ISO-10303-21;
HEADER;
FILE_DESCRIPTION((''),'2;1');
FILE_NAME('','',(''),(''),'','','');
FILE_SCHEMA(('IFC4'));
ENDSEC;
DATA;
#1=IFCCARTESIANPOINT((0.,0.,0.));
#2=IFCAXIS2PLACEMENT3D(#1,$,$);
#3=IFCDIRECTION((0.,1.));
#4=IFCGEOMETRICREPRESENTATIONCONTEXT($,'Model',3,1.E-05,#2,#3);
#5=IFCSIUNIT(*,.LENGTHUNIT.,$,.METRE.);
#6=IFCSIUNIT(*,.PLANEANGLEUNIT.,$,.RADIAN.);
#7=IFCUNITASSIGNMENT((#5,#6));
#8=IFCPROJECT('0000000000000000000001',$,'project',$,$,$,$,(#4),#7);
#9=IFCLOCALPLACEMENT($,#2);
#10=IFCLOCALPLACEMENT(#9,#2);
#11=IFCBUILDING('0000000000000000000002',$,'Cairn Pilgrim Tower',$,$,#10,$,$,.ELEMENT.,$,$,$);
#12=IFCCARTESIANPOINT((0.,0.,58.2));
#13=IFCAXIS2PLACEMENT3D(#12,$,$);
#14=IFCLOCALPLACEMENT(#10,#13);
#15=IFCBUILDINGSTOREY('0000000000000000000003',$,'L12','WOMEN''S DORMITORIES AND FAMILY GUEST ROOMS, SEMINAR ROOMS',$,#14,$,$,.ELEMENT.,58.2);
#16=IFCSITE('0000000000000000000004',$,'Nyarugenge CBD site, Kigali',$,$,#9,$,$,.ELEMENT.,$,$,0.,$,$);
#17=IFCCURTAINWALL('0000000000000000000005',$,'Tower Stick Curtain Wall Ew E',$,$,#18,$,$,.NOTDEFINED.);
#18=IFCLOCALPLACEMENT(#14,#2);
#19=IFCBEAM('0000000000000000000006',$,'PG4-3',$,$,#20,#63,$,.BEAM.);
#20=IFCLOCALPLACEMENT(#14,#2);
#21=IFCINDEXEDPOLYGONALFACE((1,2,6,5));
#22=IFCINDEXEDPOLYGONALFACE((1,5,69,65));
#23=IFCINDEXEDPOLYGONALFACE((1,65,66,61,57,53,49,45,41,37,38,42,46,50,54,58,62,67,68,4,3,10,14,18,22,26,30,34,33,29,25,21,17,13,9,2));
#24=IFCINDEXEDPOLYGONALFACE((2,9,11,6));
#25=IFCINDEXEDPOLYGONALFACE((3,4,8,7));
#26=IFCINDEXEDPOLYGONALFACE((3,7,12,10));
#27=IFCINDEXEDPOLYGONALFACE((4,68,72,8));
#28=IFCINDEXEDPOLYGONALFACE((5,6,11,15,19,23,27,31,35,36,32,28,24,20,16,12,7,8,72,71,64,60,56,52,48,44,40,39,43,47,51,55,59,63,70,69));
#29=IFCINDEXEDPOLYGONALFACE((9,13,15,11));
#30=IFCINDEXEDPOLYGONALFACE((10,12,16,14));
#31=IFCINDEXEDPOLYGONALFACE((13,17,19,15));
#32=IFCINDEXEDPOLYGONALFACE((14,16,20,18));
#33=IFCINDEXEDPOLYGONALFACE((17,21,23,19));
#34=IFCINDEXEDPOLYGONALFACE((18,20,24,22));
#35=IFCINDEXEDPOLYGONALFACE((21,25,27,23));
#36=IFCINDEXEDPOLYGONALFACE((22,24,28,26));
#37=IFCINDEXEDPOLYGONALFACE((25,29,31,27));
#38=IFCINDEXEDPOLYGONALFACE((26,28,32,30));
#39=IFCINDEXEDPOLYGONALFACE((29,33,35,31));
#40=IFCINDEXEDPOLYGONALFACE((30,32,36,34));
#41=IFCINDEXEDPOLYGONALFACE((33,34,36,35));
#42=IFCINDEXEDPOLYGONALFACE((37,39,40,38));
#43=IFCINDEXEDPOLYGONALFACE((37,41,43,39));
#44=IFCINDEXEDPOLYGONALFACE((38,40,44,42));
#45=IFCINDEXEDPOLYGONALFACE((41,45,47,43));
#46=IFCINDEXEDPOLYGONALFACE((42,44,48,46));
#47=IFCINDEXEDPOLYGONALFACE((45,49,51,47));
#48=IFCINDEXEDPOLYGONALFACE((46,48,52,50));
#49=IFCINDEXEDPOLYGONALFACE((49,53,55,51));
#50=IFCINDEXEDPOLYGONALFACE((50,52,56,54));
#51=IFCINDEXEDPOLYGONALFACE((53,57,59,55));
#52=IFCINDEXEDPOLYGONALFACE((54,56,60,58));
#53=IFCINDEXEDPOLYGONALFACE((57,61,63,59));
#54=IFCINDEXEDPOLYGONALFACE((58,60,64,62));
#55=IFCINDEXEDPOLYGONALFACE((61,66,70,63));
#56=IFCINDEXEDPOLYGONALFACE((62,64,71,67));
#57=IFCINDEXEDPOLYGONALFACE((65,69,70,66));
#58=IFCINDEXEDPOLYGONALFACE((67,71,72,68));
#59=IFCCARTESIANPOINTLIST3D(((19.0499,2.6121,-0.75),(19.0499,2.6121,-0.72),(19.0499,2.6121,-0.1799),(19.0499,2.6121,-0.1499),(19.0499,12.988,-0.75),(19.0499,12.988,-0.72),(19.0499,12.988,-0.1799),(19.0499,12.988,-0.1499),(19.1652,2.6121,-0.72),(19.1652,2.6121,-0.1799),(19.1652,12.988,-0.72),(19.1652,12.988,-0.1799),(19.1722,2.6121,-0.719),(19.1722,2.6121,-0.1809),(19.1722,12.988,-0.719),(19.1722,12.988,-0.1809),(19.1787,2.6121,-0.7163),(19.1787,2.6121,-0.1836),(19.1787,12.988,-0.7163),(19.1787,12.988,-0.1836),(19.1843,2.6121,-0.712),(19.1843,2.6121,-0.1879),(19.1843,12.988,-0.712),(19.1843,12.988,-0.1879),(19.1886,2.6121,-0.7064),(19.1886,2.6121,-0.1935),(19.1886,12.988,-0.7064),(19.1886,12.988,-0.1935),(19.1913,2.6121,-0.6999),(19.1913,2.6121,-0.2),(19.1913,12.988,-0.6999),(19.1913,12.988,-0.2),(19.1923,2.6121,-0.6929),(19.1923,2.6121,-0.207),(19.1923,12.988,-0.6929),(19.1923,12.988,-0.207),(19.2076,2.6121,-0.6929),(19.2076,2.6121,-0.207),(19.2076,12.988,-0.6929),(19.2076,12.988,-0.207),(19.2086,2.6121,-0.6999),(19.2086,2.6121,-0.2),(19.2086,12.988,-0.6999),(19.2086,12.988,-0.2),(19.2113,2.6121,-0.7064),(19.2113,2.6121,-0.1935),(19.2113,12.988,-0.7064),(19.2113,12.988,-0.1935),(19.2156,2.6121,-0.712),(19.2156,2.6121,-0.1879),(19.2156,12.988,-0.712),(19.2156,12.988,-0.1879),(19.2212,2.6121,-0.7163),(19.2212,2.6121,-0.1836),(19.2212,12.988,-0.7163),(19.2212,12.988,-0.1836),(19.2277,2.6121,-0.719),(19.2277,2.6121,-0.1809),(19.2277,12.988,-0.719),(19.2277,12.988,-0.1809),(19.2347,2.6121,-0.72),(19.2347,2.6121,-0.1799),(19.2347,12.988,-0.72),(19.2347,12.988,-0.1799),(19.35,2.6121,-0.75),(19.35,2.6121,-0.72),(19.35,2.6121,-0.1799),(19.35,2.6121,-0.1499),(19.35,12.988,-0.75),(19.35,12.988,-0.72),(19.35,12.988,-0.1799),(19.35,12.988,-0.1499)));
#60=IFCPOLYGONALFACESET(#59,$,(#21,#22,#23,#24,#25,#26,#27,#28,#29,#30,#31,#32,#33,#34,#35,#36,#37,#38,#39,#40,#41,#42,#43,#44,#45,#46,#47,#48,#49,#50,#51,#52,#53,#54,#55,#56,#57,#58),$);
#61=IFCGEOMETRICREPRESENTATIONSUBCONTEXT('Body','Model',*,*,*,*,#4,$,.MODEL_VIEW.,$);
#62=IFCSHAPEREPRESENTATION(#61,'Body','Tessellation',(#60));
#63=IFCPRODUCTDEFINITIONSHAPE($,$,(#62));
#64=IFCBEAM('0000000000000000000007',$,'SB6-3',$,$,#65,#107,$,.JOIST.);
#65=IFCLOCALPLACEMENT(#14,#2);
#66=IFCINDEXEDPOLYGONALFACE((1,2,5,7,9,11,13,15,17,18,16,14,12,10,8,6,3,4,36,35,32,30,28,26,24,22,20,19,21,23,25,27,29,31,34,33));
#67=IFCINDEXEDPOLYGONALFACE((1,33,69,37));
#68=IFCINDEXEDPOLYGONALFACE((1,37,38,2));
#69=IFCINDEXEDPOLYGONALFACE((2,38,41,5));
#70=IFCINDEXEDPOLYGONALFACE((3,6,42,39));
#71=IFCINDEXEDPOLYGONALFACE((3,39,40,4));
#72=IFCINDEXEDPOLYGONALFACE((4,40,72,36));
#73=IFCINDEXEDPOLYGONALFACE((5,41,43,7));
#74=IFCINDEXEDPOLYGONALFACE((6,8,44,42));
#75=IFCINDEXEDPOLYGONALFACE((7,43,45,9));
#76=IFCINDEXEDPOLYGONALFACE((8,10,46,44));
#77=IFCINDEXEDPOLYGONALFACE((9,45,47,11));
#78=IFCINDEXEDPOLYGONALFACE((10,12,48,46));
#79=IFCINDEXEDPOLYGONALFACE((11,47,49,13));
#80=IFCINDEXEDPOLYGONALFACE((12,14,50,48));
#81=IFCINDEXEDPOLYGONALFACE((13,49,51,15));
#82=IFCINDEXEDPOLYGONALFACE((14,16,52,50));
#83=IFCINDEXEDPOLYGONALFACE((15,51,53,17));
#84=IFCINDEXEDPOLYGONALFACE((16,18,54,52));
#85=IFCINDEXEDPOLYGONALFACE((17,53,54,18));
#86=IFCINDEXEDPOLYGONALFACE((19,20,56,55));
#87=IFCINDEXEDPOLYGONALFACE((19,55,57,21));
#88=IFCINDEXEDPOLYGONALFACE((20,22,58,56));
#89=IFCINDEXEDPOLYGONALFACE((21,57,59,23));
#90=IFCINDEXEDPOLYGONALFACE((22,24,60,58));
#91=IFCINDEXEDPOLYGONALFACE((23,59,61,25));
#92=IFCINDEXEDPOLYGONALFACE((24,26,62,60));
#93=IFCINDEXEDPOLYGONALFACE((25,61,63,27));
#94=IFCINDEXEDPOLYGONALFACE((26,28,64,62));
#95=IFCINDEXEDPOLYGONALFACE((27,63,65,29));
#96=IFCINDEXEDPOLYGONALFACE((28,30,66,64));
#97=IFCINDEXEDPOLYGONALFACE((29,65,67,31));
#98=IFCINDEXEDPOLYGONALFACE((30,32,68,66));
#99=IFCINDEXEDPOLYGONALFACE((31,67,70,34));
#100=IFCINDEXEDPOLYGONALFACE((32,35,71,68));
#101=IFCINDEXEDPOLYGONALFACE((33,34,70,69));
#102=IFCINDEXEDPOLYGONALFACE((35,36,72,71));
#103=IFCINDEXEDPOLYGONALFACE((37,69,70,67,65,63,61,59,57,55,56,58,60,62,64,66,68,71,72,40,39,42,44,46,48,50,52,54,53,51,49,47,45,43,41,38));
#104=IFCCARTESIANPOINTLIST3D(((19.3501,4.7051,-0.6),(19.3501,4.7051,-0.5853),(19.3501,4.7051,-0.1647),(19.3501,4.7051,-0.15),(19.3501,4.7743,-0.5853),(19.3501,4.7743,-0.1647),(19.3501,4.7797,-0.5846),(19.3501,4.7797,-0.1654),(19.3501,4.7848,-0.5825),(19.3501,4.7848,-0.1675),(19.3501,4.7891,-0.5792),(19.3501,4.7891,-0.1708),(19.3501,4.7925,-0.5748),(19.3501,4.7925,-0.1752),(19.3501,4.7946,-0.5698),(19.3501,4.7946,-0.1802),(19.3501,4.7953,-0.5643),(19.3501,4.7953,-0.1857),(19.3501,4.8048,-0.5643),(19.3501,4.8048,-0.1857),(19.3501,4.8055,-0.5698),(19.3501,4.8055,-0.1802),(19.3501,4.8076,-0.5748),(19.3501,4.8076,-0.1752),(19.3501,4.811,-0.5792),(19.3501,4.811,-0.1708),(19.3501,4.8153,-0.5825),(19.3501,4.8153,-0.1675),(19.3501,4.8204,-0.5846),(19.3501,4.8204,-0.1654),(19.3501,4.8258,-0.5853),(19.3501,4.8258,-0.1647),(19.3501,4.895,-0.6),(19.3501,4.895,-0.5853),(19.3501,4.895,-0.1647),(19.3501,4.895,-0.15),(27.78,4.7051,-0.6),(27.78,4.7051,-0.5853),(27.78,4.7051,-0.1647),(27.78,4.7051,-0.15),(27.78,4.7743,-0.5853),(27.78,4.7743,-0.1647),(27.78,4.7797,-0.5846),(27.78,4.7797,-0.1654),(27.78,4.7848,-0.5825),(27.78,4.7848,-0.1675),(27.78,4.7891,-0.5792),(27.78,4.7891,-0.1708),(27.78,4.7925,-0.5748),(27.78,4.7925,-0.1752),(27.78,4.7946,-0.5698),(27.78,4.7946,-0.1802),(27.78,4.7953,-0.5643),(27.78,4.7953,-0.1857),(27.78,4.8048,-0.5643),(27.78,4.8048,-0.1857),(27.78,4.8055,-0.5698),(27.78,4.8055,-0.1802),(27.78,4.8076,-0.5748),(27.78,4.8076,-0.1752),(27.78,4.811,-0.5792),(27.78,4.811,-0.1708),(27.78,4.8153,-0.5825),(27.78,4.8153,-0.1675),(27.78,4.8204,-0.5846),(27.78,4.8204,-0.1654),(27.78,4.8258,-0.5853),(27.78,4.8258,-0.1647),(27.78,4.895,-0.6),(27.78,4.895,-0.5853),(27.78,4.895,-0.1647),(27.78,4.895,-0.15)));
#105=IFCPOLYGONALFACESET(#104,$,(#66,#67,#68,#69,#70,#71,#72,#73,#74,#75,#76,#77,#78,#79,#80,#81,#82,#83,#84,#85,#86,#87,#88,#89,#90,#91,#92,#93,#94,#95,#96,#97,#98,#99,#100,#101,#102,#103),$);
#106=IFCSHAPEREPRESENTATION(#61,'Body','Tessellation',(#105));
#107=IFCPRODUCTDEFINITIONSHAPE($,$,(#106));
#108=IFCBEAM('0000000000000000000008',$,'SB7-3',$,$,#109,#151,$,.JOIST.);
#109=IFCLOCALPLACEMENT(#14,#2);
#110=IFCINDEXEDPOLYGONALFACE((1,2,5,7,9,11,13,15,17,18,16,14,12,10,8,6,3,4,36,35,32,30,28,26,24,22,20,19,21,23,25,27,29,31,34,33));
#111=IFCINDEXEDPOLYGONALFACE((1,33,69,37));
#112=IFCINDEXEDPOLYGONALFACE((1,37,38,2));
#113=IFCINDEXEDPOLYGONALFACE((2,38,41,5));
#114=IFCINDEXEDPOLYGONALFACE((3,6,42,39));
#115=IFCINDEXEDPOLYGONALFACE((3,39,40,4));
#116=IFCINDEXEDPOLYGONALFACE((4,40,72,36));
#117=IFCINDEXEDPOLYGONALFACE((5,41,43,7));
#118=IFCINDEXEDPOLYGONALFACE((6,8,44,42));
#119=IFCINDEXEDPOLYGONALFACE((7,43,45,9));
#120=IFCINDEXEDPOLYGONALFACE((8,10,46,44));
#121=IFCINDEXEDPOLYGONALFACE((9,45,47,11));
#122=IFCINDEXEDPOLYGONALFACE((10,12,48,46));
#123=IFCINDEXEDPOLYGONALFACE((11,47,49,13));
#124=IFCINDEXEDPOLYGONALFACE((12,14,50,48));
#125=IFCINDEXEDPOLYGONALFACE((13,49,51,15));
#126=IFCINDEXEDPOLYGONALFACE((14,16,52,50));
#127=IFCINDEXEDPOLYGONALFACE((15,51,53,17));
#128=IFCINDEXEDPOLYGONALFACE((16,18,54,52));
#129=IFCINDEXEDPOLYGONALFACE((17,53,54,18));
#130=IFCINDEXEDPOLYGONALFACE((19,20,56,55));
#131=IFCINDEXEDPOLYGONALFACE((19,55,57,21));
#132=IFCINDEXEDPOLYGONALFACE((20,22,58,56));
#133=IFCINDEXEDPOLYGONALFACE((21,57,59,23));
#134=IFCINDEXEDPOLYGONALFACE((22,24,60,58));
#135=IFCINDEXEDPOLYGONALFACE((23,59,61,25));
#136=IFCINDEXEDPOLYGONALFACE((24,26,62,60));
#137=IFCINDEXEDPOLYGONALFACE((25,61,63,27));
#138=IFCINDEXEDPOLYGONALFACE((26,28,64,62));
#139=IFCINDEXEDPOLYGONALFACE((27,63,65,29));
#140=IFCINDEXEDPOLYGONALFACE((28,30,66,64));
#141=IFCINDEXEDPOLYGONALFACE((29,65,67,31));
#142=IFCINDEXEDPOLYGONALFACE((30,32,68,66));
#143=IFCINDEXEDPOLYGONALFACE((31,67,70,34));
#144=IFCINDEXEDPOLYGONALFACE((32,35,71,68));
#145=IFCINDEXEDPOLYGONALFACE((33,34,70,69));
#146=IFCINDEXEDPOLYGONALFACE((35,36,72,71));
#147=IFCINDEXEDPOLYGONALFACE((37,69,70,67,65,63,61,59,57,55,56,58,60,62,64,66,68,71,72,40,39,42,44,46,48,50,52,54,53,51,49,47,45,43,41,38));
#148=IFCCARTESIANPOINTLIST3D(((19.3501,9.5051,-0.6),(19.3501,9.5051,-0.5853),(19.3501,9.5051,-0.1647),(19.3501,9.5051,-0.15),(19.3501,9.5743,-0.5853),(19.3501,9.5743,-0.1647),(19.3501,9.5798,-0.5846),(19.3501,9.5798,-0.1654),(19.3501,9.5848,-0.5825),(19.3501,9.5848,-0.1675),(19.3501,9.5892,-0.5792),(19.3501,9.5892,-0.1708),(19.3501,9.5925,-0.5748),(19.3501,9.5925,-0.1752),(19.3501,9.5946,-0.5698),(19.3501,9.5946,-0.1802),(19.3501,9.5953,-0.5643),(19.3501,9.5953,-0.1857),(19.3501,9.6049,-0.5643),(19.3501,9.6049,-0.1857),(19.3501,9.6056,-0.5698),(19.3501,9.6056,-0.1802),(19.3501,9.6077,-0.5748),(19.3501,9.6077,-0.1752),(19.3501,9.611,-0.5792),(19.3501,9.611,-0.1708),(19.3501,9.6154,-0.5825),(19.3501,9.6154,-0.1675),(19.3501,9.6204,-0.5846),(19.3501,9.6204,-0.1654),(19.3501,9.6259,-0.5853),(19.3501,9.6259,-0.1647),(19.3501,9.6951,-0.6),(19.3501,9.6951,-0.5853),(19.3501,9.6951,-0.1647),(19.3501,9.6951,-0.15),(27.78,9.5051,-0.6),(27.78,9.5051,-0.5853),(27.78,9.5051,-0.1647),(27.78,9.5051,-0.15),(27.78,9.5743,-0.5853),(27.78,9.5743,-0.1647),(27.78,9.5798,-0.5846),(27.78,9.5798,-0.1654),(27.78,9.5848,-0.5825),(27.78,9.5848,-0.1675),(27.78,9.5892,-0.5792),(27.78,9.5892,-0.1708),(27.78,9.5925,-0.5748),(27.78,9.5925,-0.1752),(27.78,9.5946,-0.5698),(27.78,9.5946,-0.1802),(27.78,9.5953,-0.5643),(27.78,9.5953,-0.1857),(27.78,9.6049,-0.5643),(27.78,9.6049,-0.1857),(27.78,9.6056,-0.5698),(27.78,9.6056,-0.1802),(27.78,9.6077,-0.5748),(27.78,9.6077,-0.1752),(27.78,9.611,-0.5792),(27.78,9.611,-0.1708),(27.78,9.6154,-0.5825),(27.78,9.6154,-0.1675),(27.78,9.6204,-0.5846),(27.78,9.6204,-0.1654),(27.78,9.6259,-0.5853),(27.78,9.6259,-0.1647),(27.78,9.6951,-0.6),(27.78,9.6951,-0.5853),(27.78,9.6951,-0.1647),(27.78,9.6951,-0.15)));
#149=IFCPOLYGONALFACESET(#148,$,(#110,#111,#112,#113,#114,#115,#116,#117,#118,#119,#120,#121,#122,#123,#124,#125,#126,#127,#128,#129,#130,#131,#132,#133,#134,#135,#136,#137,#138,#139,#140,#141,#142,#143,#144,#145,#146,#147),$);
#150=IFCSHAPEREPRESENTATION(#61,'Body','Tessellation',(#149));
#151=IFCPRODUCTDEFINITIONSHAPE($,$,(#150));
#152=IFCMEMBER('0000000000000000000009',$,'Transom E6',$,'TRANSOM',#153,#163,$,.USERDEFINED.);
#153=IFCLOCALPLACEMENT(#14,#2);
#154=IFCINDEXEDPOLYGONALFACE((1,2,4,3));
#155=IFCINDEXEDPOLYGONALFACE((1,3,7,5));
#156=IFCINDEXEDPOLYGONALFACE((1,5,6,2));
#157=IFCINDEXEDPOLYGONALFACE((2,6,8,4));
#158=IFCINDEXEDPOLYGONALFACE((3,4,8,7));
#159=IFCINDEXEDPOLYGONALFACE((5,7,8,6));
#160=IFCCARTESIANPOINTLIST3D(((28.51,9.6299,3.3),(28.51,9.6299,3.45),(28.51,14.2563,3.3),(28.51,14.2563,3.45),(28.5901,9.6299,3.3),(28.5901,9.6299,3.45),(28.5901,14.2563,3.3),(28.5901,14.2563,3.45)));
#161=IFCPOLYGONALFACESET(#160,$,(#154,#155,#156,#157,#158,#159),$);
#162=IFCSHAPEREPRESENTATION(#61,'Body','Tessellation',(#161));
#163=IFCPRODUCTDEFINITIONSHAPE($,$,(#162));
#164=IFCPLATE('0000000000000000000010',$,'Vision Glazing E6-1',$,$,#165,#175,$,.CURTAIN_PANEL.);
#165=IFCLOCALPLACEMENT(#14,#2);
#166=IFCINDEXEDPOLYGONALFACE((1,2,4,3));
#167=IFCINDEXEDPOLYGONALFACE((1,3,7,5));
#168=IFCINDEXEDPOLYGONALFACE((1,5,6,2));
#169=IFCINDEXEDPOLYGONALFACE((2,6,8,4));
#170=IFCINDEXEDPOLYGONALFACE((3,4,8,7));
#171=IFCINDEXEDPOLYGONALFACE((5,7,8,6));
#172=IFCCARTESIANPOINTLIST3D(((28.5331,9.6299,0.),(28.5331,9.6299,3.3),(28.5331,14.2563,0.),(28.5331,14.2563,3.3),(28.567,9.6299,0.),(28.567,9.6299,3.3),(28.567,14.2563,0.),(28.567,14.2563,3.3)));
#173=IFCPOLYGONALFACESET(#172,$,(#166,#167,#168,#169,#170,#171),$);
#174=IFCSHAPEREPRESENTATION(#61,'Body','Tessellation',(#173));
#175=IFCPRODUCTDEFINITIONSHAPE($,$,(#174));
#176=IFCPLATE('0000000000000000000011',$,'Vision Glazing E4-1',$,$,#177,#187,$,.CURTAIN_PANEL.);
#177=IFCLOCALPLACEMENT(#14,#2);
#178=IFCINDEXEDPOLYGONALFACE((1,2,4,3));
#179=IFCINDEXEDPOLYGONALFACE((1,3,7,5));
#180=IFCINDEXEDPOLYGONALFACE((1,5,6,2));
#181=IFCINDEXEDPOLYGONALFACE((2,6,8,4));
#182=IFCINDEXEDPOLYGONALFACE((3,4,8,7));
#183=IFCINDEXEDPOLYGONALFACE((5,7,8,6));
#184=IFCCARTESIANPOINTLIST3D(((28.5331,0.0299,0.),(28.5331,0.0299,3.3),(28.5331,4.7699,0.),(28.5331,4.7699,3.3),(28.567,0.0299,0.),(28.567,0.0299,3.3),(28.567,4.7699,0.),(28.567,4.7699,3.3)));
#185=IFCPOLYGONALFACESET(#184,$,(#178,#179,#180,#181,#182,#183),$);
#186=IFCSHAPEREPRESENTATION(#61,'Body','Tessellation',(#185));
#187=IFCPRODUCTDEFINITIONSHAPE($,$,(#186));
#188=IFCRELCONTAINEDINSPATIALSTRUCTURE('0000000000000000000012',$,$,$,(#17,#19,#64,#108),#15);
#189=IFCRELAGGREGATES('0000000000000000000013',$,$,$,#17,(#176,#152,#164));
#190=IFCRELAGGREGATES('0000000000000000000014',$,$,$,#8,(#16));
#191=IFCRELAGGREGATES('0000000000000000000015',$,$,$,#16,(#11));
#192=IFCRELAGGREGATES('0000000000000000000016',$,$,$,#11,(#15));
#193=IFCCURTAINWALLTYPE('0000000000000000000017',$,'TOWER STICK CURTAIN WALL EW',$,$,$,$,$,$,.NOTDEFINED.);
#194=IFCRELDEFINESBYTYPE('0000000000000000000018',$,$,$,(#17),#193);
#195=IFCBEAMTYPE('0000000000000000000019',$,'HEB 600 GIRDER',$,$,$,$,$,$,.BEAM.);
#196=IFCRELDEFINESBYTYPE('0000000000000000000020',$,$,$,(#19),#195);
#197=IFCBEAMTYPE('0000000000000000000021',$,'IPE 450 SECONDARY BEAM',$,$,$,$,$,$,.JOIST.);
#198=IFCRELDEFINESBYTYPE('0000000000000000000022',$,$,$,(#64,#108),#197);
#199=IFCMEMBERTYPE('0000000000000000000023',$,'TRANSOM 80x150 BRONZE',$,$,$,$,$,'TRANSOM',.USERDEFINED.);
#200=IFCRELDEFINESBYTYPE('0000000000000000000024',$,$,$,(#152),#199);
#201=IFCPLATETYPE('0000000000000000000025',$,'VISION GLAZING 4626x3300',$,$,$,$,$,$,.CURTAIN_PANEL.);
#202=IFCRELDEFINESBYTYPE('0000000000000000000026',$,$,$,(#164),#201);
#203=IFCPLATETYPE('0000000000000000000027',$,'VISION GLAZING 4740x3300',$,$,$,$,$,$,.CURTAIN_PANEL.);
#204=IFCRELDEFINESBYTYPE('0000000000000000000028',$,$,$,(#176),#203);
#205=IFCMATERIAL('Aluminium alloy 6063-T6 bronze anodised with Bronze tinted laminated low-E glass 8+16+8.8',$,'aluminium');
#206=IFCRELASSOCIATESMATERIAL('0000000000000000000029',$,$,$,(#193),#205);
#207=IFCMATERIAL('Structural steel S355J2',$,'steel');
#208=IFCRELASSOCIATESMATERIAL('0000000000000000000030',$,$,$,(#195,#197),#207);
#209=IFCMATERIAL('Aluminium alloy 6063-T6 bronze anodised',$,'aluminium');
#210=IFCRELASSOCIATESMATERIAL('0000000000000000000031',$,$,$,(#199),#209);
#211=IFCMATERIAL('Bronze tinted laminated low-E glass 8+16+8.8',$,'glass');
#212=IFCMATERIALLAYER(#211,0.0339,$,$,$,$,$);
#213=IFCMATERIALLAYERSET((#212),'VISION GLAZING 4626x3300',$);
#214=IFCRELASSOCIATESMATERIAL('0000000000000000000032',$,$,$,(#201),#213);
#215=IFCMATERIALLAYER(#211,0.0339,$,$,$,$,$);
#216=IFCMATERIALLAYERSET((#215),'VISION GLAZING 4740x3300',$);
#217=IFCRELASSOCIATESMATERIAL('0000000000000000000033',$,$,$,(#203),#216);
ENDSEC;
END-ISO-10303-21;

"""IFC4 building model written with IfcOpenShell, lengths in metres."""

from ifc_helpers import new_model, si_unit, direction, frame, origin, origin_2d, place, context, subcontext, project, spatial, rectangle, i_section, extrude, material, layer, layer_set, material_profile, profile_set, type_object, element, aggregate, save


model = new_model("IFC4")

# Units and contexts
model_context = context("Model", 3, precision=1e-05, world=origin(), true_north=direction((0.0, 1.0)))
body_context = subcontext(model_context, "Body", "Model", "MODEL_VIEW")
ifc_project = project(units=[si_unit("LENGTHUNIT", "METRE"), si_unit("PLANEANGLEUNIT", "RADIAN")], contexts=[model_context])

# Site, building, storey
site_placement = place(None, origin())
site = spatial("IfcSite", under=ifc_project, at=site_placement, Name="Nyarugenge CBD site, Kigali", CompositionType="ELEMENT", RefElevation=0.0)
building_placement = place(site_placement, origin())
building = spatial("IfcBuilding", under=site, at=building_placement, Name="Cairn Pilgrim Tower", CompositionType="ELEMENT")
storey_placement = place(building_placement, frame((0.0, 0.0, 58.2)))
storey = spatial("IfcBuildingStorey", under=building, at=storey_placement, Name="L12", Description="WOMEN'S DORMITORIES AND FAMILY GUEST ROOMS, SEMINAR ROOMS", CompositionType="ELEMENT", Elevation=58.2)

# Curtain wall
ifc_material_1 = material(Name="Aluminium alloy 6063-T6 bronze anodised with Bronze tinted laminated low-E glass 8+16+8.8", Category="aluminium")
curtain_wall_type = type_object("IfcCurtainWallType", Name="TOWER STICK CURTAIN WALL EW", PredefinedType="NOTDEFINED", material=ifc_material_1)
curtain_wall_placement = place(storey_placement, origin())
curtain_wall = element("IfcCurtainWall", 1, at=curtain_wall_placement, inside=storey, type_object=curtain_wall_type, Name="Tower Stick Curtain Wall Ew E", PredefinedType="NOTDEFINED")
ifc_material_2 = material(Name="Aluminium alloy 6063-T6 bronze anodised", Category="aluminium")

# Beams
ifc_material_3 = material(Name="Structural steel S355J2", Category="steel")
ifc_material_profile_1 = material_profile(ifc_material_3, i_section(OverallWidth=0.3, OverallDepth=0.6001, WebThickness=0.0154, FlangeThickness=0.03, FilletRadius=0.0271, at=origin_2d()), Name="HEB 600")
ifc_profile_set_1 = profile_set([ifc_material_profile_1], Name="Structural steel S355J2")
beam_type_1 = type_object("IfcBeamType", Name="HEB 600 GIRDER", PredefinedType="BEAM", material=ifc_profile_set_1)
beam_1_placement = place(storey_placement, frame((19.2, 2.6121, -0.45), z_axis=(0.0, 1.0, 0.0), x_axis=(-1.0, 0.0, 0.0)))
element("IfcBeam", 2, at=beam_1_placement, inside=storey, type_object=beam_type_1, Name="PG4-3", PredefinedType="BEAM", context=body_context, shape_type="SweptSolid", body=[
    extrude(i_section(OverallWidth=0.3, OverallDepth=0.6001, WebThickness=0.0154, FlangeThickness=0.03, FilletRadius=0.0271, at=origin_2d()), origin(), (0.0, 0.0, 1.0), 10.376),
])
ifc_material_profile_2 = material_profile(ifc_material_3, i_section(OverallWidth=0.1899, OverallDepth=0.45, WebThickness=0.0095, FlangeThickness=0.0146, FilletRadius=0.021, at=origin_2d()), Name="IPE 450")
ifc_profile_set_2 = profile_set([ifc_material_profile_2], Name="Structural steel S355J2")
beam_type_2 = type_object("IfcBeamType", Name="IPE 450 SECONDARY BEAM", PredefinedType="JOIST", material=ifc_profile_set_2)
for number, where, z_axis, x_axis, name in (
    (3, (19.3501, 4.8, -0.375), (1.0, 0.0, 0.0), (0.0, 1.0, 0.0), "SB6-3"),
    (4, (19.3501, 9.6001, -0.375), (1.0, 0.0, 0.0), (0.0, 1.0, 0.0), "SB7-3"),
):
    element("IfcBeam", number, at=place(storey_placement, frame(where, z_axis=z_axis, x_axis=x_axis)), inside=storey, type_object=beam_type_2, Name=name, PredefinedType="JOIST", context=body_context, shape_type="SweptSolid", body=[
        extrude(i_section(OverallWidth=0.1899, OverallDepth=0.45, WebThickness=0.0095, FlangeThickness=0.0146, FilletRadius=0.021, at=origin_2d()), origin(), (0.0, 0.0, 1.0), 8.4299),
    ])

# Member
ifc_material_profile_3 = material_profile(ifc_material_2, rectangle(XDim=0.0801, YDim=0.1499, at=origin_2d()), Name="TRANSOM 80x150 BRONZE")
ifc_profile_set_3 = profile_set([ifc_material_profile_3], Name="Aluminium alloy 6063-T6 bronze anodised")
member_type_1 = type_object("IfcMemberType", Name="TRANSOM 80x150 BRONZE", ElementType="TRANSOM", PredefinedType="USERDEFINED", material=ifc_profile_set_3)
member_1_placement = place(storey_placement, frame((28.55, 9.6299, 3.375), z_axis=(0.0, 1.0, 0.0), x_axis=(-1.0, 0.0, 0.0)))
member_1 = element("IfcMember", 5, at=member_1_placement, type_object=member_type_1, Name="Transom E6", ObjectType="TRANSOM", PredefinedType="USERDEFINED", context=body_context, shape_type="SweptSolid", body=[
    extrude(rectangle(XDim=0.0801, YDim=0.1499, at=origin_2d()), origin(), (0.0, 0.0, 1.0), 4.6265),
])

# Plates
ifc_material_4 = material(Name="Bronze tinted laminated low-E glass 8+16+8.8", Category="glass")
ifc_layer_1 = layer(ifc_material_4, 0.0339)
ifc_layer_set_1 = layer_set([ifc_layer_1], Name="VISION GLAZING 4626x3300")
plate_type_1 = type_object("IfcPlateType", Name="VISION GLAZING 4626x3300", PredefinedType="CURTAIN_PANEL", material=ifc_layer_set_1)
plate_1_placement = place(storey_placement, frame((28.55, 11.9431, 0.0), z_axis=(0.0, 0.0, 1.0), x_axis=(0.0, 1.0, 0.0)))
plate_1 = element("IfcPlate", 6, at=plate_1_placement, type_object=plate_type_1, Name="Vision Glazing E6-1", PredefinedType="CURTAIN_PANEL", context=body_context, shape_type="SweptSolid", body=[
    extrude(rectangle(XDim=4.6265, YDim=0.0339, at=origin_2d()), origin(), (0.0, 0.0, 1.0), 3.3),
])
ifc_layer_2 = layer(ifc_material_4, 0.0339)
ifc_layer_set_2 = layer_set([ifc_layer_2], Name="VISION GLAZING 4740x3300")
plate_type_2 = type_object("IfcPlateType", Name="VISION GLAZING 4740x3300", PredefinedType="CURTAIN_PANEL", material=ifc_layer_set_2)
plate_2_placement = place(storey_placement, frame((28.55, 2.3999, 0.0), z_axis=(0.0, 0.0, 1.0), x_axis=(0.0, 1.0, 0.0)))
plate_2 = element("IfcPlate", 7, at=plate_2_placement, type_object=plate_type_2, Name="Vision Glazing E4-1", PredefinedType="CURTAIN_PANEL", context=body_context, shape_type="SweptSolid", body=[
    extrude(rectangle(XDim=4.74, YDim=0.0339, at=origin_2d()), origin(), (0.0, 0.0, 1.0), 3.3),
])
aggregate(curtain_wall, [plate_2, member_1, plate_1])

save(model, "model.ifc")
